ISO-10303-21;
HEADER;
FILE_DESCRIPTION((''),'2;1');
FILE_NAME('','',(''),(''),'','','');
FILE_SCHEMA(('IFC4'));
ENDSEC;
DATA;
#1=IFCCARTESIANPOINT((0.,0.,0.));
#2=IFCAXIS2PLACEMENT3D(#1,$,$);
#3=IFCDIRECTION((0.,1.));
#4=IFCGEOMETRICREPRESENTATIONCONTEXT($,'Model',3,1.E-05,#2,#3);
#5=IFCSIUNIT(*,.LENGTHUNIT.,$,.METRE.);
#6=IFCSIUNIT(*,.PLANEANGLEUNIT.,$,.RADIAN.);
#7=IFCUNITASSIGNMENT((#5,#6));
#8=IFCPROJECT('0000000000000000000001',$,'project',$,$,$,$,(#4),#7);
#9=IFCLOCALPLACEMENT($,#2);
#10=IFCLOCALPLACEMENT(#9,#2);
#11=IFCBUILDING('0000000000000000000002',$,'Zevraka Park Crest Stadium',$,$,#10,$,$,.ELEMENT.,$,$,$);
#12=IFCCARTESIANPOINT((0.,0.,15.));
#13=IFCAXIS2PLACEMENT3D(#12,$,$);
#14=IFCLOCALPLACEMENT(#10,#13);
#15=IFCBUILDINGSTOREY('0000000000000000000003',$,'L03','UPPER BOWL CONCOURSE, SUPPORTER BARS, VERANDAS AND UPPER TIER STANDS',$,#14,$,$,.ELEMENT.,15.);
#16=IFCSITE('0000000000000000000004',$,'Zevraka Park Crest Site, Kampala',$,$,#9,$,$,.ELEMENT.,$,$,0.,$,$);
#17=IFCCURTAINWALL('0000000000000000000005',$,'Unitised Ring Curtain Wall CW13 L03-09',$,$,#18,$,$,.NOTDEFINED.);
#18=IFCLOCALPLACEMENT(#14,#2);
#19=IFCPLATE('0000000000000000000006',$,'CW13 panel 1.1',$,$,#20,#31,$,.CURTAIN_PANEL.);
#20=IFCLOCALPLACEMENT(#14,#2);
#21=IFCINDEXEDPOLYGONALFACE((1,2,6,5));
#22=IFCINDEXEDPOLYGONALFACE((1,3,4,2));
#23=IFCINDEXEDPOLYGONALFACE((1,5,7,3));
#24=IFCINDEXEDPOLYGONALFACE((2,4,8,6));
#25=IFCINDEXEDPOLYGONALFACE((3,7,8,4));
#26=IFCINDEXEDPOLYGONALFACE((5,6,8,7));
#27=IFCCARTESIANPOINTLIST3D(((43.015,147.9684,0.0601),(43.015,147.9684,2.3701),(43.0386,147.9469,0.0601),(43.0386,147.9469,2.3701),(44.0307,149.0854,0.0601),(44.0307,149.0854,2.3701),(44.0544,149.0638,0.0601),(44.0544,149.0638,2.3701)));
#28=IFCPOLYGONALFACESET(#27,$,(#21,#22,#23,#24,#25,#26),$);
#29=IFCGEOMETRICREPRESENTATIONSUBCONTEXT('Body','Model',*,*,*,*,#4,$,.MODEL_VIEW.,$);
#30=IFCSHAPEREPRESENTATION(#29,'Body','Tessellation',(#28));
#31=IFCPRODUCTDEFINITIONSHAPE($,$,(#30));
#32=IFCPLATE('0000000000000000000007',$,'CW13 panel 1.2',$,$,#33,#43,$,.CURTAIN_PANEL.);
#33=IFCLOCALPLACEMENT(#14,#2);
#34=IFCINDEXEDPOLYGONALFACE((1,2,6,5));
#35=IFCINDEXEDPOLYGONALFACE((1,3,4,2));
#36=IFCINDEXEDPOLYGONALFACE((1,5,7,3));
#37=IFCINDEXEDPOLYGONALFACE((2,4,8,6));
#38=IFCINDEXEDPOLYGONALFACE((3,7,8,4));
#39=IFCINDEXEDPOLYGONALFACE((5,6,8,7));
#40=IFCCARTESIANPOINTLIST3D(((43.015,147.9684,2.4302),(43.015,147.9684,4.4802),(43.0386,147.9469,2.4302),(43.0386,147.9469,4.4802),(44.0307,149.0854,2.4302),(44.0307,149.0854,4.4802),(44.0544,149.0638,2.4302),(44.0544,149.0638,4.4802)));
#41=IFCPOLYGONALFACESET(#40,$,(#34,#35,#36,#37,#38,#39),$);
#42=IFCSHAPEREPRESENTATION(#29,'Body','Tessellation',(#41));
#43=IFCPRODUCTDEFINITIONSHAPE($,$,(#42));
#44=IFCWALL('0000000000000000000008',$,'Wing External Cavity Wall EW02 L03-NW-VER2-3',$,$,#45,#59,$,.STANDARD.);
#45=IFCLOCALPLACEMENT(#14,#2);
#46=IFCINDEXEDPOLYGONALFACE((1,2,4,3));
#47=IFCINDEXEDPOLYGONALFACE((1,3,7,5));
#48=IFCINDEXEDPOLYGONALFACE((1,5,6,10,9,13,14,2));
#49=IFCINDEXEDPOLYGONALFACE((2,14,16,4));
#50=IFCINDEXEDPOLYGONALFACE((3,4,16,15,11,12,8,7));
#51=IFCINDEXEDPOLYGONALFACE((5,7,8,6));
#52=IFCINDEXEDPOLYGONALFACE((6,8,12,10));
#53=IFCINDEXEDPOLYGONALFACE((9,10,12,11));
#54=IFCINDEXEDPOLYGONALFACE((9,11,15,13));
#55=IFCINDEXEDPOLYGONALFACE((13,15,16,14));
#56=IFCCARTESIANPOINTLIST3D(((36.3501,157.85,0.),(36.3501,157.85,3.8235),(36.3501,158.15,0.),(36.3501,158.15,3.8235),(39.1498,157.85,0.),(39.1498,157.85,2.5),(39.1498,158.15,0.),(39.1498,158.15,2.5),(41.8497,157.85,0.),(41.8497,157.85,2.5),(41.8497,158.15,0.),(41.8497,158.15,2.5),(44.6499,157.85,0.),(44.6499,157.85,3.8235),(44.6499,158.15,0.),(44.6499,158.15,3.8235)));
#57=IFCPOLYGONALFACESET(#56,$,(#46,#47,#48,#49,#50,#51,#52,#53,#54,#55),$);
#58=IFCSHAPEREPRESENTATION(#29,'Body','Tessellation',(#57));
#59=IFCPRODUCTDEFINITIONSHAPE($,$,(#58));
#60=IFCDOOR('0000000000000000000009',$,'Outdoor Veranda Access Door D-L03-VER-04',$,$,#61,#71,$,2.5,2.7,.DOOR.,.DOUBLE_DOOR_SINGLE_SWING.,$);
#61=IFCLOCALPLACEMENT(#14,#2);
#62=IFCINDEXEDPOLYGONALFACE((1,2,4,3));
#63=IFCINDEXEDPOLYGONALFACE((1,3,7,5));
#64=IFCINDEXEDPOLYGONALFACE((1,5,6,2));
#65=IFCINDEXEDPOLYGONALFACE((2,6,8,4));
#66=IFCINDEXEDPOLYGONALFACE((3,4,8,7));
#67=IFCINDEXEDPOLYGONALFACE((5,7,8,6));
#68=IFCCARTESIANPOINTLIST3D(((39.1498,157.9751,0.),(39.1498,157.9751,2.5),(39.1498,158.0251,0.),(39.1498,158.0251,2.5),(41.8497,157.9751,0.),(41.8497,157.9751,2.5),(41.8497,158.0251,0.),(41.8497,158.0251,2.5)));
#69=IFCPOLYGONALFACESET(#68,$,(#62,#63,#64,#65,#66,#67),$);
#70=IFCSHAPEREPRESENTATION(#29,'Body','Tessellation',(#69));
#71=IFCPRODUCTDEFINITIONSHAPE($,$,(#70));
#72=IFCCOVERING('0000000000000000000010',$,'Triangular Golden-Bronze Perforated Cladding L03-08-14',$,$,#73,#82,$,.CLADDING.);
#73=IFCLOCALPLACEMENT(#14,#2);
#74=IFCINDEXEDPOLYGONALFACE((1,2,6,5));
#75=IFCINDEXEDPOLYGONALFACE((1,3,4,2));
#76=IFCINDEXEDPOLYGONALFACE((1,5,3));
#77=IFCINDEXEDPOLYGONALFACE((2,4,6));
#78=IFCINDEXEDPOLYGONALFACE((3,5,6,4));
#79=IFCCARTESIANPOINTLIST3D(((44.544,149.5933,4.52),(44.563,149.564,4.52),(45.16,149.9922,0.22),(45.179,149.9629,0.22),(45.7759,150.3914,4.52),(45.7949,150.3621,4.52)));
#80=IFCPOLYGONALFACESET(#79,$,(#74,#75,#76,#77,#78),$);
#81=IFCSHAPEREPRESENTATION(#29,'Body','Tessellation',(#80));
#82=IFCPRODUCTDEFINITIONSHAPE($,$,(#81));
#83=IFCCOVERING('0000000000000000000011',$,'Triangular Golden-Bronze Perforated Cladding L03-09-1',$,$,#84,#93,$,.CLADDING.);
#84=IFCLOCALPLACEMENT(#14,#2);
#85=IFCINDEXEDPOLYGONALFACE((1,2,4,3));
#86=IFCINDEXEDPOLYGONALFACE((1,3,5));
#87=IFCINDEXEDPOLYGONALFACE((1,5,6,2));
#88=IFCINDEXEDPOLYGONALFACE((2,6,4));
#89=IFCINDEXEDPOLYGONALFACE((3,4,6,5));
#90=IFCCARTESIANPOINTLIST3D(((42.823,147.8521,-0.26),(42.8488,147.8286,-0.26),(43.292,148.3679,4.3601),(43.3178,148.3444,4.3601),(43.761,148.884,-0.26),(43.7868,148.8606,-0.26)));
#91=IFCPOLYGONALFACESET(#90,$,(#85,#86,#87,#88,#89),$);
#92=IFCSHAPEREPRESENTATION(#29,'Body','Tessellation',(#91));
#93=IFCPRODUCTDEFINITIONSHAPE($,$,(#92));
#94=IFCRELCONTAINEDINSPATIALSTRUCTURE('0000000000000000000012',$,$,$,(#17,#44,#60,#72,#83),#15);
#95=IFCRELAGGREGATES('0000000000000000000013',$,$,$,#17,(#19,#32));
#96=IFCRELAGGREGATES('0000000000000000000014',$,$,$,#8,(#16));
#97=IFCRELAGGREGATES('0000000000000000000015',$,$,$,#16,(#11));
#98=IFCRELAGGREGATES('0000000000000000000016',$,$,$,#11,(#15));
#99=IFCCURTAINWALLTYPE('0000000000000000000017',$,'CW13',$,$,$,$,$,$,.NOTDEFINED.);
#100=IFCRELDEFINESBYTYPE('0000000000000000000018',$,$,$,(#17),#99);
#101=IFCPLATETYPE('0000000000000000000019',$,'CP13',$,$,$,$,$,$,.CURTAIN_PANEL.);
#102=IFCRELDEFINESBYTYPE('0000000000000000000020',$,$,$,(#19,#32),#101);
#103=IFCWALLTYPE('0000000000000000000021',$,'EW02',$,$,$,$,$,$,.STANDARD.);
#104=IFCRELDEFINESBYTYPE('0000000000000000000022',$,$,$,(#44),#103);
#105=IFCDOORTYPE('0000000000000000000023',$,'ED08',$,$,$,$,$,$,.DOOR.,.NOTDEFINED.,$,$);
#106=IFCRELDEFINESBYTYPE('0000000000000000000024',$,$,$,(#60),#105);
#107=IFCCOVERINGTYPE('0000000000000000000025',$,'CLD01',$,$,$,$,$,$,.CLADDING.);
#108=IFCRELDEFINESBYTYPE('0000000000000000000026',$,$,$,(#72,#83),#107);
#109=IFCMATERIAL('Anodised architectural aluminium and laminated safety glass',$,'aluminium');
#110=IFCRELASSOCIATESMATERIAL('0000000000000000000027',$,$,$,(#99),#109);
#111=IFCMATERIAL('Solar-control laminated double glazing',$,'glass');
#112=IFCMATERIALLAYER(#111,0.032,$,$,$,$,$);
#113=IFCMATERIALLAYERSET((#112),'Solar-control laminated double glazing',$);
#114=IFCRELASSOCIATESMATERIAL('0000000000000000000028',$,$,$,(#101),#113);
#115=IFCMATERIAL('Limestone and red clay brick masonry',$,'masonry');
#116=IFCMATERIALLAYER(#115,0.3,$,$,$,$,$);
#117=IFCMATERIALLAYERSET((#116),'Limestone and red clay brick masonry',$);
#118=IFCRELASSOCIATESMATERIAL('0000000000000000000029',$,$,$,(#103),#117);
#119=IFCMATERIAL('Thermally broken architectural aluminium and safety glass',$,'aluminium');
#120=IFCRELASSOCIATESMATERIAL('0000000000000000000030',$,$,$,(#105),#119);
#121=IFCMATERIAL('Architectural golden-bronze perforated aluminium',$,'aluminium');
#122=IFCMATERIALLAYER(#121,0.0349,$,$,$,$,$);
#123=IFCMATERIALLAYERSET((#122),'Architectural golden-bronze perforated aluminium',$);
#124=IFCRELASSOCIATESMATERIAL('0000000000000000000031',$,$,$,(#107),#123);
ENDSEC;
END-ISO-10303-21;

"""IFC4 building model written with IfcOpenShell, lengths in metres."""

from ifc_helpers import new_model, si_unit, direction, frame, frame_2d, origin, origin_2d, place, context, subcontext, project, spatial, polyline, rectangle, outline, extrude, material, layer, layer_set, type_object, element, fill, aggregate, save


model = new_model("IFC4")

# Units and contexts
model_context = context("Model", 3, precision=1e-05, world=origin(), true_north=direction((0.0, 1.0)))
body_context = subcontext(model_context, "Body", "Model", "MODEL_VIEW")
ifc_project = project(units=[si_unit("LENGTHUNIT", "METRE"), si_unit("PLANEANGLEUNIT", "RADIAN")], contexts=[model_context])

# Site, building, storey
site_placement = place(None, origin())
site = spatial("IfcSite", under=ifc_project, at=site_placement, Name="Zevraka Park Crest Site, Kampala", CompositionType="ELEMENT", RefElevation=0.0)
building_placement = place(site_placement, origin())
building = spatial("IfcBuilding", under=site, at=building_placement, Name="Zevraka Park Crest Stadium", CompositionType="ELEMENT")
storey_placement = place(building_placement, frame((0.0, 0.0, 15.0)))
storey = spatial("IfcBuildingStorey", under=building, at=storey_placement, Name="L03", Description="UPPER BOWL CONCOURSE, SUPPORTER BARS, VERANDAS AND UPPER TIER STANDS", CompositionType="ELEMENT", Elevation=15.0)

# Shared definitions
ifc_material_1 = material(Name="Anodised architectural aluminium and laminated safety glass", Category="aluminium")
curtain_wall_type = type_object("IfcCurtainWallType", Name="CW13", PredefinedType="NOTDEFINED", material=ifc_material_1)

# Curtain wall
curtain_wall_1_placement = place(storey_placement, origin())
curtain_wall_1 = element("IfcCurtainWall", 1, at=curtain_wall_1_placement, inside=storey, type_object=curtain_wall_type, Name="Unitised Ring Curtain Wall CW13 L03-09", PredefinedType="NOTDEFINED")

# Plates
ifc_material_2 = material(Name="Solar-control laminated double glazing", Category="glass")
ifc_layer_1 = layer(ifc_material_2, 0.032)
ifc_layer_set_1 = layer_set([ifc_layer_1], Name="Solar-control laminated double glazing")
plate_type = type_object("IfcPlateType", Name="CP13", PredefinedType="CURTAIN_PANEL", material=ifc_layer_set_1)
plate_1_placement = place(storey_placement, frame((43.5347, 148.5161, 0.0601), z_axis=(0.0, 0.0, 1.0), x_axis=(-0.672802, -0.739823, 0.0)))
plate_1 = element("IfcPlate", 2, at=plate_1_placement, type_object=plate_type, Name="CW13 panel 1.1", PredefinedType="CURTAIN_PANEL", context=body_context, shape_type="SweptSolid", body=[
    extrude(rectangle(XDim=1.5098, YDim=0.032, at=origin_2d()), origin(), (0.0, 0.0, 1.0), 2.3101),
])
plate_2_placement = place(storey_placement, frame((43.5347, 148.5161, 2.4302), z_axis=(0.0, 0.0, 1.0), x_axis=(-0.672802, -0.739823, 0.0)))
plate_2 = element("IfcPlate", 3, at=plate_2_placement, type_object=plate_type, Name="CW13 panel 1.2", PredefinedType="CURTAIN_PANEL", context=body_context, shape_type="SweptSolid", body=[
    extrude(rectangle(XDim=1.5098, YDim=0.032, at=origin_2d()), origin(), (0.0, 0.0, 1.0), 2.05),
])
aggregate(curtain_wall_1, [plate_1, plate_2])

# Wall, opening, door
ifc_material_3 = material(Name="Limestone and red clay brick masonry", Category="masonry")
ifc_layer_2 = layer(ifc_material_3, 0.3)
ifc_layer_set_2 = layer_set([ifc_layer_2], Name="Limestone and red clay brick masonry")
wall_type = type_object("IfcWallType", Name="EW02", PredefinedType="STANDARD", material=ifc_layer_set_2)
wall_placement = place(storey_placement, frame((44.6499, 158.0, 0.0), z_axis=(0.0, 0.0, 1.0), x_axis=(-1.0, 0.0, 0.0)))
wall = element("IfcWall", 4, at=wall_placement, inside=storey, type_object=wall_type, Name="Wing External Cavity Wall EW02 L03-NW-VER2-3", PredefinedType="STANDARD", context=body_context, shape_type="SweptSolid", body=[
    extrude(rectangle(XDim=8.2998, YDim=0.3, at=frame_2d((4.1499, 0.0))), origin(), (0.0, 0.0, 1.0), 3.8235),
])
opening_placement = place(wall_placement, frame((2.8, 0.0, 0.0)))
opening = element("IfcOpeningElement", 5, at=opening_placement, cuts=wall, PredefinedType="OPENING", context=body_context, shape_type="SweptSolid", body=[
    extrude(rectangle(XDim=2.7, YDim=2.5, at=frame_2d((1.3501, 1.25))), frame((0.0, 0.1599, 0.0), z_axis=(0.0, -1.0, 0.0), x_axis=(1.0, 0.0, 0.0)), (0.0, 0.0, 1.0), 0.3201),
])
ifc_material_4 = material(Name="Thermally broken architectural aluminium and safety glass", Category="aluminium")
door_type = type_object("IfcDoorType", Name="ED08", OperationType="NOTDEFINED", PredefinedType="DOOR", material=ifc_material_4)
door_placement = place(opening_placement, origin())
door = element("IfcDoor", 6, at=door_placement, inside=storey, type_object=door_type, Name="Outdoor Veranda Access Door D-L03-VER-04", OperationType="DOUBLE_DOOR_SINGLE_SWING", OverallHeight=2.5, OverallWidth=2.7, PredefinedType="DOOR", context=body_context, shape_type="SweptSolid", body=[
    extrude(rectangle(XDim=2.7, YDim=2.5, at=frame_2d((1.3501, 1.25))), frame((0.0, 0.0249, 0.0), z_axis=(0.0, -1.0, 0.0), x_axis=(1.0, 0.0, 0.0)), (0.0, 0.0, 1.0), 0.05),
])
fill(opening, door)

# Coverings
ifc_material_5 = material(Name="Architectural golden-bronze perforated aluminium", Category="aluminium")
ifc_layer_3 = layer(ifc_material_5, 0.0349)
ifc_layer_set_3 = layer_set([ifc_layer_3], Name="Architectural golden-bronze perforated aluminium")
covering_type = type_object("IfcCoveringType", Name="CLD01", PredefinedType="CLADDING", material=ifc_layer_set_3)
covering_1_placement = place(storey_placement, frame((44.563, 149.564, 4.52), z_axis=(0.543713, -0.839271, 0.000024), x_axis=(0.839271, 0.543713, 0.0)))
element("IfcCovering", 7, at=covering_1_placement, inside=storey, type_object=covering_type, Name="Triangular Golden-Bronze Perforated Cladding L03-08-14", PredefinedType="CLADDING", context=body_context, shape_type="SweptSolid", body=[
    extrude(outline(polyline([(0.0, 0.0), (1.4679, 0.0), (0.7339, -4.3), (0.0, 0.0)])), origin(), (0.0, 0.0, -1.0), 0.0349),
])
covering_2_placement = place(storey_placement, frame((43.761, 148.884, -0.26), z_axis=(-0.740003, 0.672603, 0.000018), x_axis=(-0.672603, -0.740003, 0.0)))
element("IfcCovering", 8, at=covering_2_placement, inside=storey, type_object=covering_type, Name="Triangular Golden-Bronze Perforated Cladding L03-09-1", PredefinedType="CLADDING", context=body_context, shape_type="SweptSolid", body=[
    extrude(outline(polyline([(0.0, 0.0), (1.3946, 0.0), (0.6974, 4.6201), (0.0, 0.0)])), origin(), (0.0, 0.0, -1.0), 0.0349),
])

save(model, "model.ifc")
